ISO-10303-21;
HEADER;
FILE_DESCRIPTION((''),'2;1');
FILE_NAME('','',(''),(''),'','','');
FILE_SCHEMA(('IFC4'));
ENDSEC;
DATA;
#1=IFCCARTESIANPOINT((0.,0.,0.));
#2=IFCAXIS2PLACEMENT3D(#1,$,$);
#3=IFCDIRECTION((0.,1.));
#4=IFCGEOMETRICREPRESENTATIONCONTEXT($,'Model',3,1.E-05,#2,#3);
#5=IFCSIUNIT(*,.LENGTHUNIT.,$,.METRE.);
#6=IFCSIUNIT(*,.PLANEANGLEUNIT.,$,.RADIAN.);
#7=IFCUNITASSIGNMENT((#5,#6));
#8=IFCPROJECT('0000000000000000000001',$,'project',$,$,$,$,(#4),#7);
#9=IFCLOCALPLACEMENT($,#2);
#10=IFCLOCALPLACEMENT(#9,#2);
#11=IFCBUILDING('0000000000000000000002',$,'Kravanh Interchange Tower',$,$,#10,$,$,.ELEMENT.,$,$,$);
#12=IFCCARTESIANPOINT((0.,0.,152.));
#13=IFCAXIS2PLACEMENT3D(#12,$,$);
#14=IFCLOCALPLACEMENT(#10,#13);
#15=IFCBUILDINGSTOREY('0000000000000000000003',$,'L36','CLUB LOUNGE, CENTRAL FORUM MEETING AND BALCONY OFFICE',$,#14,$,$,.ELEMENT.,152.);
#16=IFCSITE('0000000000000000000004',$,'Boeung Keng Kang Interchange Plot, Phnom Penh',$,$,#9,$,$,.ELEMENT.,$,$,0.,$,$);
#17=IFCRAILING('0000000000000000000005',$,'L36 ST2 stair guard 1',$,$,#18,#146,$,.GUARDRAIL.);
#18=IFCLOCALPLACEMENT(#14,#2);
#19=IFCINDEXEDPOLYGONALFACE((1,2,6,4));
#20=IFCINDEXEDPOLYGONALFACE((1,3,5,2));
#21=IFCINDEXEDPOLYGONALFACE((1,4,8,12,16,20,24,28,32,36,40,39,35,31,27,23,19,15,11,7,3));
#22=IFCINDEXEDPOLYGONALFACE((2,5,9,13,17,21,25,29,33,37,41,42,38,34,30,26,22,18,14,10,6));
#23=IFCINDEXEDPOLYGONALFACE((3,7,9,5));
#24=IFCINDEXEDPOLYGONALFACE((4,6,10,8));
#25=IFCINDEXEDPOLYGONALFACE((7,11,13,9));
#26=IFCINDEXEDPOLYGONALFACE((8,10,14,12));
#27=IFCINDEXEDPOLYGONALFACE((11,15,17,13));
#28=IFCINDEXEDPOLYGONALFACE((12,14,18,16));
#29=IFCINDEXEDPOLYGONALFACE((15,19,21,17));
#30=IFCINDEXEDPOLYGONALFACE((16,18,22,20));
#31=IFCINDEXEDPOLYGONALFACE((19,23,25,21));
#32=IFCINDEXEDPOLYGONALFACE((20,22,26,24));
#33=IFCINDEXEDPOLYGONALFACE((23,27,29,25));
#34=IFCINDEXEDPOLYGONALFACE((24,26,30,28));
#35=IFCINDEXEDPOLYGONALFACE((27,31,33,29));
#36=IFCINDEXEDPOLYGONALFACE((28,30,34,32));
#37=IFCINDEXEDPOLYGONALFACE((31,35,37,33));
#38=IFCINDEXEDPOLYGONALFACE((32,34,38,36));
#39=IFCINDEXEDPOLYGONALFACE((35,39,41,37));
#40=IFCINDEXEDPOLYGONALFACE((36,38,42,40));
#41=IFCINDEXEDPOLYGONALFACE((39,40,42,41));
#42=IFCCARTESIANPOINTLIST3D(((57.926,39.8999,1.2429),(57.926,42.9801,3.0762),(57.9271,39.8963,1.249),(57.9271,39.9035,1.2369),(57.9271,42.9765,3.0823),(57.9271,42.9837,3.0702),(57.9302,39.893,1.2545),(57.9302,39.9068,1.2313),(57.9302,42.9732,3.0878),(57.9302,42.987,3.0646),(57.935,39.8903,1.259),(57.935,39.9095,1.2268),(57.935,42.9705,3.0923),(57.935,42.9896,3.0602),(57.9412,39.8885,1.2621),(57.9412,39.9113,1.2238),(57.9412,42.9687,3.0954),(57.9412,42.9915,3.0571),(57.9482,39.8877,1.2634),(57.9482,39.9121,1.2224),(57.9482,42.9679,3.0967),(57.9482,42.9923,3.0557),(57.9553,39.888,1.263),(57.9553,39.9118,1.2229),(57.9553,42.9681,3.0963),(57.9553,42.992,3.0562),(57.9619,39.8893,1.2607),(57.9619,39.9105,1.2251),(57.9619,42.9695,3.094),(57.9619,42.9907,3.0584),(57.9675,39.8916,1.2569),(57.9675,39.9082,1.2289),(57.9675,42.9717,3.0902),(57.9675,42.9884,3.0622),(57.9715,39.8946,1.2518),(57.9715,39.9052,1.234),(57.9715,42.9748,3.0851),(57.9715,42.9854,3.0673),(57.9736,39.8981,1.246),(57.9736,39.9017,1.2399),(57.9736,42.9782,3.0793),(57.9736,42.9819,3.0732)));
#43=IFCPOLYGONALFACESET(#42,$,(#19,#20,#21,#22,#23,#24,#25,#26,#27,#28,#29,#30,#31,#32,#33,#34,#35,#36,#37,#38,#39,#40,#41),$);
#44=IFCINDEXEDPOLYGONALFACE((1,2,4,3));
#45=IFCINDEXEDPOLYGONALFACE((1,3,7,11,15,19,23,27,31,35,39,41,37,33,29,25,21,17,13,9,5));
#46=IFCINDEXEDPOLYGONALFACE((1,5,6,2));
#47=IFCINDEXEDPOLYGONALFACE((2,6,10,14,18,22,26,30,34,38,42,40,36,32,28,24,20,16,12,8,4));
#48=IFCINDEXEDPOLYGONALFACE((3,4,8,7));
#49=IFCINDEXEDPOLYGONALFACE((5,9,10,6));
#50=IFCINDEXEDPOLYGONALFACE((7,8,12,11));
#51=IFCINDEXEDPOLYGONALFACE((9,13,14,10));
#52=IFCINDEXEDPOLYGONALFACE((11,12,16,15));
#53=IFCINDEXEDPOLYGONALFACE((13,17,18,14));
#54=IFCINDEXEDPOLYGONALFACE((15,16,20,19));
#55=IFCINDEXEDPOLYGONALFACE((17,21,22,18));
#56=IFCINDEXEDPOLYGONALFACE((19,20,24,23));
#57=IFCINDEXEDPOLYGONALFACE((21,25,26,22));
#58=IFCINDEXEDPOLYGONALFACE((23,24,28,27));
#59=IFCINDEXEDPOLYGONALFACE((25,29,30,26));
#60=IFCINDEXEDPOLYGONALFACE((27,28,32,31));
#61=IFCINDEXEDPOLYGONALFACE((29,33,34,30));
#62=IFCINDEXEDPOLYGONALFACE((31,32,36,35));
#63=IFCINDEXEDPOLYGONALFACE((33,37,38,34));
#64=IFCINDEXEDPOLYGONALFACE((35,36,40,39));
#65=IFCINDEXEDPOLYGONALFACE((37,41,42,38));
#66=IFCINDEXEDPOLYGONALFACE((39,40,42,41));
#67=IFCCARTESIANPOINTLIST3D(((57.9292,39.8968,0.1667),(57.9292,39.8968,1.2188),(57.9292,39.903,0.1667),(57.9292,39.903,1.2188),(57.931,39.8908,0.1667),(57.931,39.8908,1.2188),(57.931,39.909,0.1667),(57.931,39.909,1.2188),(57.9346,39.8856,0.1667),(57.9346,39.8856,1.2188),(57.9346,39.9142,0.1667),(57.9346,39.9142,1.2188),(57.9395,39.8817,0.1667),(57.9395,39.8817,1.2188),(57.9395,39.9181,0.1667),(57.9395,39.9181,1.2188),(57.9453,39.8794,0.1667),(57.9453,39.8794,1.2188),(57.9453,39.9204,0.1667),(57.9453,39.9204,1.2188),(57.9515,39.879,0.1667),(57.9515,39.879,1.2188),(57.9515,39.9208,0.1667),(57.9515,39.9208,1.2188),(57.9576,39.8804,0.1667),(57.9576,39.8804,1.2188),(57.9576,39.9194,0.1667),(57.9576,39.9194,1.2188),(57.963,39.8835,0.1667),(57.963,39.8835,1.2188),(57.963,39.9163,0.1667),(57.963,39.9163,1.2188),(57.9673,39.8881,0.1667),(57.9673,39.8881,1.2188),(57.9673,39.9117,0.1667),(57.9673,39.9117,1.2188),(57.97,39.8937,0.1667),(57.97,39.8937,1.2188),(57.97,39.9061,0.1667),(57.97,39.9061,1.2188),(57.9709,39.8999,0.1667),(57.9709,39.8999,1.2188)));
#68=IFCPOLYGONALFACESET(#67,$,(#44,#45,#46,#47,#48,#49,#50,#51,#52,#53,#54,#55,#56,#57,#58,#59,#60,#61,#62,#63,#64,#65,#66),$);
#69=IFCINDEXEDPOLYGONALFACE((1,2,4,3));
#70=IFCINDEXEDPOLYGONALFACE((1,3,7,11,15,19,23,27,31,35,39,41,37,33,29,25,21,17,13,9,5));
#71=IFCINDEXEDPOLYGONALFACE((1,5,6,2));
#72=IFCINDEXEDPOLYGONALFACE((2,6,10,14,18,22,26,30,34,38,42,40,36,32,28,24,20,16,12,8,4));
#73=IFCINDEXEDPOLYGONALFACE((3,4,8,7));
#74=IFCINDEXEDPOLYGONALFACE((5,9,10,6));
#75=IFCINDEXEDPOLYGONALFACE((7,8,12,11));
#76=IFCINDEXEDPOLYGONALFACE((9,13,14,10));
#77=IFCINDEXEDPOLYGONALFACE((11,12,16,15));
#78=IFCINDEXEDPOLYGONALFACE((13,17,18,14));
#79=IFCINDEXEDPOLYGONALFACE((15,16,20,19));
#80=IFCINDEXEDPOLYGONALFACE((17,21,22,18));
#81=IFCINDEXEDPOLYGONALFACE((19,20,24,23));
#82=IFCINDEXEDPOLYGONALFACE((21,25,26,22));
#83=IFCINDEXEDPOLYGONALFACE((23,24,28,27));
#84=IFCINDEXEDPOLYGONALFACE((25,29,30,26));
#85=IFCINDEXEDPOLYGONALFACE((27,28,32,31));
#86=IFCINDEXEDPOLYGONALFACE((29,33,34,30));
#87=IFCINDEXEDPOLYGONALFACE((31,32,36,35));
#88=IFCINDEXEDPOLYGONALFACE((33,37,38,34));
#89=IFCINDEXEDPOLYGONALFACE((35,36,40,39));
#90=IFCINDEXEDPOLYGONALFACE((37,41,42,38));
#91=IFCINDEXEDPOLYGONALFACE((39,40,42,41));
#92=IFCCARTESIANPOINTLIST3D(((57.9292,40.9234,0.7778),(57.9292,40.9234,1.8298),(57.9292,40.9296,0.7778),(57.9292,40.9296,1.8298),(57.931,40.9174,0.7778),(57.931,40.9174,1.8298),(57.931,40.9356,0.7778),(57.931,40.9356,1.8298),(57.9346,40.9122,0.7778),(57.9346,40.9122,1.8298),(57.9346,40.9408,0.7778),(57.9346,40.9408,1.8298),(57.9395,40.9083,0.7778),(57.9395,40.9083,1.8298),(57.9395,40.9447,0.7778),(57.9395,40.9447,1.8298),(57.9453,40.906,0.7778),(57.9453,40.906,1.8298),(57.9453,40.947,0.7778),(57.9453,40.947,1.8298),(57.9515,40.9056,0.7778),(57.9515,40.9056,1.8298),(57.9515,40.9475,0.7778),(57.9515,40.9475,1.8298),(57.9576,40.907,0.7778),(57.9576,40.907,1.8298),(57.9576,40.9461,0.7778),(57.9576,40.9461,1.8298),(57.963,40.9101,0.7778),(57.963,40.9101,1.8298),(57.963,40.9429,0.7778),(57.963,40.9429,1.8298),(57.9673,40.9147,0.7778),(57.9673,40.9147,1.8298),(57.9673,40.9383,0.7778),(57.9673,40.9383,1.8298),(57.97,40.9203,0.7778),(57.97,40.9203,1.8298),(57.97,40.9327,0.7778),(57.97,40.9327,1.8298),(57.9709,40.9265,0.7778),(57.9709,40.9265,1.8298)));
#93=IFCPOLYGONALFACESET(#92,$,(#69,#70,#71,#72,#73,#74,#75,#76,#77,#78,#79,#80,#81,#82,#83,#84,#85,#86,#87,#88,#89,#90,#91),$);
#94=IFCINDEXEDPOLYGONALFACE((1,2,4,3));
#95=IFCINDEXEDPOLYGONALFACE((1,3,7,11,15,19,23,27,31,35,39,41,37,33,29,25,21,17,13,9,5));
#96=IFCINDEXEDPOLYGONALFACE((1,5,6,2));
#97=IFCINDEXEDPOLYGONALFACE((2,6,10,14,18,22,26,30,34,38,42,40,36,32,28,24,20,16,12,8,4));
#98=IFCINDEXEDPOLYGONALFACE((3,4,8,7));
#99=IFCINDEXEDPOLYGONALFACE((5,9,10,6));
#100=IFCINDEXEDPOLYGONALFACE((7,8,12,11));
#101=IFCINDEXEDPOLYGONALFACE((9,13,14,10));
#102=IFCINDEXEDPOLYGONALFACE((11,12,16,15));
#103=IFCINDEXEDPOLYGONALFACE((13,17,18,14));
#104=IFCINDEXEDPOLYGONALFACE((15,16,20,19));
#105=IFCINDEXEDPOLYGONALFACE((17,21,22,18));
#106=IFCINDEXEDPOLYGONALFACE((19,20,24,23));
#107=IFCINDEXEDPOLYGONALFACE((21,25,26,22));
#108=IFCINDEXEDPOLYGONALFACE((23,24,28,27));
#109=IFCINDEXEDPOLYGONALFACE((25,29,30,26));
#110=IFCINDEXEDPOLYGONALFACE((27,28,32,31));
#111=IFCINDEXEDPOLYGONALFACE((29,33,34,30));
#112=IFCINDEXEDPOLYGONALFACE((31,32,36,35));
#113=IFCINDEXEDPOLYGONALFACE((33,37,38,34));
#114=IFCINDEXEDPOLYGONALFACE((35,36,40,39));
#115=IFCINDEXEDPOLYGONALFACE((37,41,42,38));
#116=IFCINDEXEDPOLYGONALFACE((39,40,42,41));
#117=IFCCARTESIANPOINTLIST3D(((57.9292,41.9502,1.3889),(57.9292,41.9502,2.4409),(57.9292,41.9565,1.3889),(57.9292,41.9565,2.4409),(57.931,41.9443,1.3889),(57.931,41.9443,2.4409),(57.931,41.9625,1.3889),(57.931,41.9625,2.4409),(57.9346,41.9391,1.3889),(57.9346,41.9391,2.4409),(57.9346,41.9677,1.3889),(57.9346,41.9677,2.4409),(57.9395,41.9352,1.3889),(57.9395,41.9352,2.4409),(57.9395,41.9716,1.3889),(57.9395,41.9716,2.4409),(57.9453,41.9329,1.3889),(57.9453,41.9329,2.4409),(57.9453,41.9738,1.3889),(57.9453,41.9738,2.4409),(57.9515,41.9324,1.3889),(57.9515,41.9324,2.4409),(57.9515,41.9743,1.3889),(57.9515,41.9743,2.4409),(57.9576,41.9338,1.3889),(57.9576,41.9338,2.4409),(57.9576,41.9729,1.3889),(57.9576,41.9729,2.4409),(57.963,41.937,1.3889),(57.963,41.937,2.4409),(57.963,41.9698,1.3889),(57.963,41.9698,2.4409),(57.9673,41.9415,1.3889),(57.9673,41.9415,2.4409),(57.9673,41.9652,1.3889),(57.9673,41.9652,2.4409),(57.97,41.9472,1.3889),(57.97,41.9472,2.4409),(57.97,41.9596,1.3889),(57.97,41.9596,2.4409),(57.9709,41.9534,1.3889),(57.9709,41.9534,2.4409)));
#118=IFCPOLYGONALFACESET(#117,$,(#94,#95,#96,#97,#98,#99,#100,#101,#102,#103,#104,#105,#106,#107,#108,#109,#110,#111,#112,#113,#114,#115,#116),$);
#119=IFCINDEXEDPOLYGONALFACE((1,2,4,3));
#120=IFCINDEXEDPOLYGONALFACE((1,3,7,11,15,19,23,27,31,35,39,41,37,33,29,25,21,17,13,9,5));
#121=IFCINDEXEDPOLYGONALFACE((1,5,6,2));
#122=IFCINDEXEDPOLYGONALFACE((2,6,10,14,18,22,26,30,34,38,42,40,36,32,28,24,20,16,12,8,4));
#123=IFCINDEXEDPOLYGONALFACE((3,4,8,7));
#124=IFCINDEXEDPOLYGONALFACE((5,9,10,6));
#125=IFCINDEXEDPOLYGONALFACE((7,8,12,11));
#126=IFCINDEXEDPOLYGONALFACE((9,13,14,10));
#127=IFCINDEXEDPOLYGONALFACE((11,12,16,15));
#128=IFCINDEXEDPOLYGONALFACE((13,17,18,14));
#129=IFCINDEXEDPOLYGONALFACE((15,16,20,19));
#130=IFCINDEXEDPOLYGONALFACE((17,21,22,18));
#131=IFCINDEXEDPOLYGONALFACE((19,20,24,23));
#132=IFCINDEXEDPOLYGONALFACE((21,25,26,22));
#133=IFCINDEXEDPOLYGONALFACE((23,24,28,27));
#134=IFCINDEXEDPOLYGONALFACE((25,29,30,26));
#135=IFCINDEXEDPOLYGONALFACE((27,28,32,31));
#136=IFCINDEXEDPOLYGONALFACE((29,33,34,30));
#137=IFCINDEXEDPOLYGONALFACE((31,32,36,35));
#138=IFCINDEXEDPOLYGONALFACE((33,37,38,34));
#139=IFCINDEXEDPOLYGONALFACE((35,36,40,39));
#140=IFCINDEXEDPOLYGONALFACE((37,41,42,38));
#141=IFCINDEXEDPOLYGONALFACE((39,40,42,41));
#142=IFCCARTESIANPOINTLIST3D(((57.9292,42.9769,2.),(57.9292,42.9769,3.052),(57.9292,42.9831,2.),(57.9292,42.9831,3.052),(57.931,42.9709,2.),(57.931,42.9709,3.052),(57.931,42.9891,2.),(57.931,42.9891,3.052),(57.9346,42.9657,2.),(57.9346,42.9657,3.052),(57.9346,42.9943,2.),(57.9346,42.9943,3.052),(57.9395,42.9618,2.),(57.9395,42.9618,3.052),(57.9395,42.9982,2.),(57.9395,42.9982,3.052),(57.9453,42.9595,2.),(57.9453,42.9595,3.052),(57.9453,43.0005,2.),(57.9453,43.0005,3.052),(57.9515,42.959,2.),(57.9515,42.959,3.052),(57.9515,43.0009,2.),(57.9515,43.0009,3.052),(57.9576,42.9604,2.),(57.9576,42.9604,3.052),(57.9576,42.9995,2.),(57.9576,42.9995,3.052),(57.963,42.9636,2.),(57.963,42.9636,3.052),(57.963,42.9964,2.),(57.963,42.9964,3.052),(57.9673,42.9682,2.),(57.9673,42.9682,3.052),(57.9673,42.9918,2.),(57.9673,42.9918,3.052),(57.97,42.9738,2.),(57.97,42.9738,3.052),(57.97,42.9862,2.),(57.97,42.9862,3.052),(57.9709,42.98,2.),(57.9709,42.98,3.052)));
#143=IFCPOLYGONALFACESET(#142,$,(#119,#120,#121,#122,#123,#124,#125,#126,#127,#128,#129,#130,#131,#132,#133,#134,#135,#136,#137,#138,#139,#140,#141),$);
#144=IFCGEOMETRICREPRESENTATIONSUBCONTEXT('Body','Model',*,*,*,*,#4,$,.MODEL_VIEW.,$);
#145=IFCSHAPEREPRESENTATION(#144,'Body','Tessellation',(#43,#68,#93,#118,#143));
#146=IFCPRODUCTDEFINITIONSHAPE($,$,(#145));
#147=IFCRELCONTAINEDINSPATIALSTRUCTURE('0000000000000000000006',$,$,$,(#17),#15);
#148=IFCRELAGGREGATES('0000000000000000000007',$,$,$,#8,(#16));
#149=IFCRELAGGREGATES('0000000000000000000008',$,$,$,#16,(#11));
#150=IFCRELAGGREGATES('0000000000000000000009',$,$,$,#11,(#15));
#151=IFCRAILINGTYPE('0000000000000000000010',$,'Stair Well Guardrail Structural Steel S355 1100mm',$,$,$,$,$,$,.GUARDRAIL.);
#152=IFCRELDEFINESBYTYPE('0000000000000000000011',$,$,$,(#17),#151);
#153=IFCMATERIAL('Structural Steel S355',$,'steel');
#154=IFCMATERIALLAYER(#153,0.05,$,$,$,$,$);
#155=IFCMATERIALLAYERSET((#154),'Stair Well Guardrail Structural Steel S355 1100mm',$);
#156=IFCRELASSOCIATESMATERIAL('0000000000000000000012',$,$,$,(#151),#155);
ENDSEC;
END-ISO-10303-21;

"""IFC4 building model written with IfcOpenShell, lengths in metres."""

from ifc_helpers import new_model, si_unit, direction, frame, origin, origin_2d, place, context, subcontext, project, spatial, circle, extrude, material, layer, layer_set, type_object, element, save


model = new_model("IFC4")

# Units and contexts
model_context = context("Model", 3, precision=1e-05, world=origin(), true_north=direction((0.0, 1.0)))
body_context = subcontext(model_context, "Body", "Model", "MODEL_VIEW")
ifc_project = project(units=[si_unit("LENGTHUNIT", "METRE"), si_unit("PLANEANGLEUNIT", "RADIAN")], contexts=[model_context])

# Site, building, storey
site_placement = place(None, origin())
site = spatial("IfcSite", under=ifc_project, at=site_placement, Name="Boeung Keng Kang Interchange Plot, Phnom Penh", CompositionType="ELEMENT", RefElevation=0.0)
building_placement = place(site_placement, origin())
building = spatial("IfcBuilding", under=site, at=building_placement, Name="Kravanh Interchange Tower", CompositionType="ELEMENT")
storey_placement = place(building_placement, frame((0.0, 0.0, 152.0)))
storey = spatial("IfcBuildingStorey", under=building, at=storey_placement, Name="L36", Description="CLUB LOUNGE, CENTRAL FORUM MEETING AND BALCONY OFFICE", CompositionType="ELEMENT", Elevation=152.0)

# Railing
ifc_material_1 = material(Name="Structural Steel S355", Category="steel")
ifc_layer_1 = layer(ifc_material_1, 0.05)
ifc_layer_set_1 = layer_set([ifc_layer_1], Name="Stair Well Guardrail Structural Steel S355 1100mm")
railing_type_1 = type_object("IfcRailingType", Name="Stair Well Guardrail Structural Steel S355 1100mm", PredefinedType="GUARDRAIL", material=ifc_layer_set_1)
railing_1_placement = place(storey_placement, frame((57.95, 39.8999, 0.1667)))
element("IfcRailing", 1, at=railing_1_placement, inside=storey, type_object=railing_type_1, Name="L36 ST2 stair guard 1", PredefinedType="GUARDRAIL", context=body_context, shape_type="SweptSolid", body=[
    extrude(circle(Radius=0.0239, at=origin_2d()), frame((0.0, 0.0, 1.0762), z_axis=(0.0, 0.859309, 0.511458), x_axis=(-1.0, 0.0, 0.0)), (0.0, 0.0, 1.0), 3.5845),
    extrude(circle(Radius=0.021, at=origin_2d()), origin(), (0.0, 0.0, 1.0), 1.052),
    extrude(circle(Radius=0.021, at=origin_2d()), frame((0.0, 1.0266, 0.6111)), (0.0, 0.0, 1.0), 1.052),
    extrude(circle(Radius=0.021, at=origin_2d()), frame((0.0, 2.0535, 1.2222)), (0.0, 0.0, 1.0), 1.052),
    extrude(circle(Radius=0.021, at=origin_2d()), frame((0.0, 3.0801, 1.8333)), (0.0, 0.0, 1.0), 1.052),
])

save(model, "model.ifc")
